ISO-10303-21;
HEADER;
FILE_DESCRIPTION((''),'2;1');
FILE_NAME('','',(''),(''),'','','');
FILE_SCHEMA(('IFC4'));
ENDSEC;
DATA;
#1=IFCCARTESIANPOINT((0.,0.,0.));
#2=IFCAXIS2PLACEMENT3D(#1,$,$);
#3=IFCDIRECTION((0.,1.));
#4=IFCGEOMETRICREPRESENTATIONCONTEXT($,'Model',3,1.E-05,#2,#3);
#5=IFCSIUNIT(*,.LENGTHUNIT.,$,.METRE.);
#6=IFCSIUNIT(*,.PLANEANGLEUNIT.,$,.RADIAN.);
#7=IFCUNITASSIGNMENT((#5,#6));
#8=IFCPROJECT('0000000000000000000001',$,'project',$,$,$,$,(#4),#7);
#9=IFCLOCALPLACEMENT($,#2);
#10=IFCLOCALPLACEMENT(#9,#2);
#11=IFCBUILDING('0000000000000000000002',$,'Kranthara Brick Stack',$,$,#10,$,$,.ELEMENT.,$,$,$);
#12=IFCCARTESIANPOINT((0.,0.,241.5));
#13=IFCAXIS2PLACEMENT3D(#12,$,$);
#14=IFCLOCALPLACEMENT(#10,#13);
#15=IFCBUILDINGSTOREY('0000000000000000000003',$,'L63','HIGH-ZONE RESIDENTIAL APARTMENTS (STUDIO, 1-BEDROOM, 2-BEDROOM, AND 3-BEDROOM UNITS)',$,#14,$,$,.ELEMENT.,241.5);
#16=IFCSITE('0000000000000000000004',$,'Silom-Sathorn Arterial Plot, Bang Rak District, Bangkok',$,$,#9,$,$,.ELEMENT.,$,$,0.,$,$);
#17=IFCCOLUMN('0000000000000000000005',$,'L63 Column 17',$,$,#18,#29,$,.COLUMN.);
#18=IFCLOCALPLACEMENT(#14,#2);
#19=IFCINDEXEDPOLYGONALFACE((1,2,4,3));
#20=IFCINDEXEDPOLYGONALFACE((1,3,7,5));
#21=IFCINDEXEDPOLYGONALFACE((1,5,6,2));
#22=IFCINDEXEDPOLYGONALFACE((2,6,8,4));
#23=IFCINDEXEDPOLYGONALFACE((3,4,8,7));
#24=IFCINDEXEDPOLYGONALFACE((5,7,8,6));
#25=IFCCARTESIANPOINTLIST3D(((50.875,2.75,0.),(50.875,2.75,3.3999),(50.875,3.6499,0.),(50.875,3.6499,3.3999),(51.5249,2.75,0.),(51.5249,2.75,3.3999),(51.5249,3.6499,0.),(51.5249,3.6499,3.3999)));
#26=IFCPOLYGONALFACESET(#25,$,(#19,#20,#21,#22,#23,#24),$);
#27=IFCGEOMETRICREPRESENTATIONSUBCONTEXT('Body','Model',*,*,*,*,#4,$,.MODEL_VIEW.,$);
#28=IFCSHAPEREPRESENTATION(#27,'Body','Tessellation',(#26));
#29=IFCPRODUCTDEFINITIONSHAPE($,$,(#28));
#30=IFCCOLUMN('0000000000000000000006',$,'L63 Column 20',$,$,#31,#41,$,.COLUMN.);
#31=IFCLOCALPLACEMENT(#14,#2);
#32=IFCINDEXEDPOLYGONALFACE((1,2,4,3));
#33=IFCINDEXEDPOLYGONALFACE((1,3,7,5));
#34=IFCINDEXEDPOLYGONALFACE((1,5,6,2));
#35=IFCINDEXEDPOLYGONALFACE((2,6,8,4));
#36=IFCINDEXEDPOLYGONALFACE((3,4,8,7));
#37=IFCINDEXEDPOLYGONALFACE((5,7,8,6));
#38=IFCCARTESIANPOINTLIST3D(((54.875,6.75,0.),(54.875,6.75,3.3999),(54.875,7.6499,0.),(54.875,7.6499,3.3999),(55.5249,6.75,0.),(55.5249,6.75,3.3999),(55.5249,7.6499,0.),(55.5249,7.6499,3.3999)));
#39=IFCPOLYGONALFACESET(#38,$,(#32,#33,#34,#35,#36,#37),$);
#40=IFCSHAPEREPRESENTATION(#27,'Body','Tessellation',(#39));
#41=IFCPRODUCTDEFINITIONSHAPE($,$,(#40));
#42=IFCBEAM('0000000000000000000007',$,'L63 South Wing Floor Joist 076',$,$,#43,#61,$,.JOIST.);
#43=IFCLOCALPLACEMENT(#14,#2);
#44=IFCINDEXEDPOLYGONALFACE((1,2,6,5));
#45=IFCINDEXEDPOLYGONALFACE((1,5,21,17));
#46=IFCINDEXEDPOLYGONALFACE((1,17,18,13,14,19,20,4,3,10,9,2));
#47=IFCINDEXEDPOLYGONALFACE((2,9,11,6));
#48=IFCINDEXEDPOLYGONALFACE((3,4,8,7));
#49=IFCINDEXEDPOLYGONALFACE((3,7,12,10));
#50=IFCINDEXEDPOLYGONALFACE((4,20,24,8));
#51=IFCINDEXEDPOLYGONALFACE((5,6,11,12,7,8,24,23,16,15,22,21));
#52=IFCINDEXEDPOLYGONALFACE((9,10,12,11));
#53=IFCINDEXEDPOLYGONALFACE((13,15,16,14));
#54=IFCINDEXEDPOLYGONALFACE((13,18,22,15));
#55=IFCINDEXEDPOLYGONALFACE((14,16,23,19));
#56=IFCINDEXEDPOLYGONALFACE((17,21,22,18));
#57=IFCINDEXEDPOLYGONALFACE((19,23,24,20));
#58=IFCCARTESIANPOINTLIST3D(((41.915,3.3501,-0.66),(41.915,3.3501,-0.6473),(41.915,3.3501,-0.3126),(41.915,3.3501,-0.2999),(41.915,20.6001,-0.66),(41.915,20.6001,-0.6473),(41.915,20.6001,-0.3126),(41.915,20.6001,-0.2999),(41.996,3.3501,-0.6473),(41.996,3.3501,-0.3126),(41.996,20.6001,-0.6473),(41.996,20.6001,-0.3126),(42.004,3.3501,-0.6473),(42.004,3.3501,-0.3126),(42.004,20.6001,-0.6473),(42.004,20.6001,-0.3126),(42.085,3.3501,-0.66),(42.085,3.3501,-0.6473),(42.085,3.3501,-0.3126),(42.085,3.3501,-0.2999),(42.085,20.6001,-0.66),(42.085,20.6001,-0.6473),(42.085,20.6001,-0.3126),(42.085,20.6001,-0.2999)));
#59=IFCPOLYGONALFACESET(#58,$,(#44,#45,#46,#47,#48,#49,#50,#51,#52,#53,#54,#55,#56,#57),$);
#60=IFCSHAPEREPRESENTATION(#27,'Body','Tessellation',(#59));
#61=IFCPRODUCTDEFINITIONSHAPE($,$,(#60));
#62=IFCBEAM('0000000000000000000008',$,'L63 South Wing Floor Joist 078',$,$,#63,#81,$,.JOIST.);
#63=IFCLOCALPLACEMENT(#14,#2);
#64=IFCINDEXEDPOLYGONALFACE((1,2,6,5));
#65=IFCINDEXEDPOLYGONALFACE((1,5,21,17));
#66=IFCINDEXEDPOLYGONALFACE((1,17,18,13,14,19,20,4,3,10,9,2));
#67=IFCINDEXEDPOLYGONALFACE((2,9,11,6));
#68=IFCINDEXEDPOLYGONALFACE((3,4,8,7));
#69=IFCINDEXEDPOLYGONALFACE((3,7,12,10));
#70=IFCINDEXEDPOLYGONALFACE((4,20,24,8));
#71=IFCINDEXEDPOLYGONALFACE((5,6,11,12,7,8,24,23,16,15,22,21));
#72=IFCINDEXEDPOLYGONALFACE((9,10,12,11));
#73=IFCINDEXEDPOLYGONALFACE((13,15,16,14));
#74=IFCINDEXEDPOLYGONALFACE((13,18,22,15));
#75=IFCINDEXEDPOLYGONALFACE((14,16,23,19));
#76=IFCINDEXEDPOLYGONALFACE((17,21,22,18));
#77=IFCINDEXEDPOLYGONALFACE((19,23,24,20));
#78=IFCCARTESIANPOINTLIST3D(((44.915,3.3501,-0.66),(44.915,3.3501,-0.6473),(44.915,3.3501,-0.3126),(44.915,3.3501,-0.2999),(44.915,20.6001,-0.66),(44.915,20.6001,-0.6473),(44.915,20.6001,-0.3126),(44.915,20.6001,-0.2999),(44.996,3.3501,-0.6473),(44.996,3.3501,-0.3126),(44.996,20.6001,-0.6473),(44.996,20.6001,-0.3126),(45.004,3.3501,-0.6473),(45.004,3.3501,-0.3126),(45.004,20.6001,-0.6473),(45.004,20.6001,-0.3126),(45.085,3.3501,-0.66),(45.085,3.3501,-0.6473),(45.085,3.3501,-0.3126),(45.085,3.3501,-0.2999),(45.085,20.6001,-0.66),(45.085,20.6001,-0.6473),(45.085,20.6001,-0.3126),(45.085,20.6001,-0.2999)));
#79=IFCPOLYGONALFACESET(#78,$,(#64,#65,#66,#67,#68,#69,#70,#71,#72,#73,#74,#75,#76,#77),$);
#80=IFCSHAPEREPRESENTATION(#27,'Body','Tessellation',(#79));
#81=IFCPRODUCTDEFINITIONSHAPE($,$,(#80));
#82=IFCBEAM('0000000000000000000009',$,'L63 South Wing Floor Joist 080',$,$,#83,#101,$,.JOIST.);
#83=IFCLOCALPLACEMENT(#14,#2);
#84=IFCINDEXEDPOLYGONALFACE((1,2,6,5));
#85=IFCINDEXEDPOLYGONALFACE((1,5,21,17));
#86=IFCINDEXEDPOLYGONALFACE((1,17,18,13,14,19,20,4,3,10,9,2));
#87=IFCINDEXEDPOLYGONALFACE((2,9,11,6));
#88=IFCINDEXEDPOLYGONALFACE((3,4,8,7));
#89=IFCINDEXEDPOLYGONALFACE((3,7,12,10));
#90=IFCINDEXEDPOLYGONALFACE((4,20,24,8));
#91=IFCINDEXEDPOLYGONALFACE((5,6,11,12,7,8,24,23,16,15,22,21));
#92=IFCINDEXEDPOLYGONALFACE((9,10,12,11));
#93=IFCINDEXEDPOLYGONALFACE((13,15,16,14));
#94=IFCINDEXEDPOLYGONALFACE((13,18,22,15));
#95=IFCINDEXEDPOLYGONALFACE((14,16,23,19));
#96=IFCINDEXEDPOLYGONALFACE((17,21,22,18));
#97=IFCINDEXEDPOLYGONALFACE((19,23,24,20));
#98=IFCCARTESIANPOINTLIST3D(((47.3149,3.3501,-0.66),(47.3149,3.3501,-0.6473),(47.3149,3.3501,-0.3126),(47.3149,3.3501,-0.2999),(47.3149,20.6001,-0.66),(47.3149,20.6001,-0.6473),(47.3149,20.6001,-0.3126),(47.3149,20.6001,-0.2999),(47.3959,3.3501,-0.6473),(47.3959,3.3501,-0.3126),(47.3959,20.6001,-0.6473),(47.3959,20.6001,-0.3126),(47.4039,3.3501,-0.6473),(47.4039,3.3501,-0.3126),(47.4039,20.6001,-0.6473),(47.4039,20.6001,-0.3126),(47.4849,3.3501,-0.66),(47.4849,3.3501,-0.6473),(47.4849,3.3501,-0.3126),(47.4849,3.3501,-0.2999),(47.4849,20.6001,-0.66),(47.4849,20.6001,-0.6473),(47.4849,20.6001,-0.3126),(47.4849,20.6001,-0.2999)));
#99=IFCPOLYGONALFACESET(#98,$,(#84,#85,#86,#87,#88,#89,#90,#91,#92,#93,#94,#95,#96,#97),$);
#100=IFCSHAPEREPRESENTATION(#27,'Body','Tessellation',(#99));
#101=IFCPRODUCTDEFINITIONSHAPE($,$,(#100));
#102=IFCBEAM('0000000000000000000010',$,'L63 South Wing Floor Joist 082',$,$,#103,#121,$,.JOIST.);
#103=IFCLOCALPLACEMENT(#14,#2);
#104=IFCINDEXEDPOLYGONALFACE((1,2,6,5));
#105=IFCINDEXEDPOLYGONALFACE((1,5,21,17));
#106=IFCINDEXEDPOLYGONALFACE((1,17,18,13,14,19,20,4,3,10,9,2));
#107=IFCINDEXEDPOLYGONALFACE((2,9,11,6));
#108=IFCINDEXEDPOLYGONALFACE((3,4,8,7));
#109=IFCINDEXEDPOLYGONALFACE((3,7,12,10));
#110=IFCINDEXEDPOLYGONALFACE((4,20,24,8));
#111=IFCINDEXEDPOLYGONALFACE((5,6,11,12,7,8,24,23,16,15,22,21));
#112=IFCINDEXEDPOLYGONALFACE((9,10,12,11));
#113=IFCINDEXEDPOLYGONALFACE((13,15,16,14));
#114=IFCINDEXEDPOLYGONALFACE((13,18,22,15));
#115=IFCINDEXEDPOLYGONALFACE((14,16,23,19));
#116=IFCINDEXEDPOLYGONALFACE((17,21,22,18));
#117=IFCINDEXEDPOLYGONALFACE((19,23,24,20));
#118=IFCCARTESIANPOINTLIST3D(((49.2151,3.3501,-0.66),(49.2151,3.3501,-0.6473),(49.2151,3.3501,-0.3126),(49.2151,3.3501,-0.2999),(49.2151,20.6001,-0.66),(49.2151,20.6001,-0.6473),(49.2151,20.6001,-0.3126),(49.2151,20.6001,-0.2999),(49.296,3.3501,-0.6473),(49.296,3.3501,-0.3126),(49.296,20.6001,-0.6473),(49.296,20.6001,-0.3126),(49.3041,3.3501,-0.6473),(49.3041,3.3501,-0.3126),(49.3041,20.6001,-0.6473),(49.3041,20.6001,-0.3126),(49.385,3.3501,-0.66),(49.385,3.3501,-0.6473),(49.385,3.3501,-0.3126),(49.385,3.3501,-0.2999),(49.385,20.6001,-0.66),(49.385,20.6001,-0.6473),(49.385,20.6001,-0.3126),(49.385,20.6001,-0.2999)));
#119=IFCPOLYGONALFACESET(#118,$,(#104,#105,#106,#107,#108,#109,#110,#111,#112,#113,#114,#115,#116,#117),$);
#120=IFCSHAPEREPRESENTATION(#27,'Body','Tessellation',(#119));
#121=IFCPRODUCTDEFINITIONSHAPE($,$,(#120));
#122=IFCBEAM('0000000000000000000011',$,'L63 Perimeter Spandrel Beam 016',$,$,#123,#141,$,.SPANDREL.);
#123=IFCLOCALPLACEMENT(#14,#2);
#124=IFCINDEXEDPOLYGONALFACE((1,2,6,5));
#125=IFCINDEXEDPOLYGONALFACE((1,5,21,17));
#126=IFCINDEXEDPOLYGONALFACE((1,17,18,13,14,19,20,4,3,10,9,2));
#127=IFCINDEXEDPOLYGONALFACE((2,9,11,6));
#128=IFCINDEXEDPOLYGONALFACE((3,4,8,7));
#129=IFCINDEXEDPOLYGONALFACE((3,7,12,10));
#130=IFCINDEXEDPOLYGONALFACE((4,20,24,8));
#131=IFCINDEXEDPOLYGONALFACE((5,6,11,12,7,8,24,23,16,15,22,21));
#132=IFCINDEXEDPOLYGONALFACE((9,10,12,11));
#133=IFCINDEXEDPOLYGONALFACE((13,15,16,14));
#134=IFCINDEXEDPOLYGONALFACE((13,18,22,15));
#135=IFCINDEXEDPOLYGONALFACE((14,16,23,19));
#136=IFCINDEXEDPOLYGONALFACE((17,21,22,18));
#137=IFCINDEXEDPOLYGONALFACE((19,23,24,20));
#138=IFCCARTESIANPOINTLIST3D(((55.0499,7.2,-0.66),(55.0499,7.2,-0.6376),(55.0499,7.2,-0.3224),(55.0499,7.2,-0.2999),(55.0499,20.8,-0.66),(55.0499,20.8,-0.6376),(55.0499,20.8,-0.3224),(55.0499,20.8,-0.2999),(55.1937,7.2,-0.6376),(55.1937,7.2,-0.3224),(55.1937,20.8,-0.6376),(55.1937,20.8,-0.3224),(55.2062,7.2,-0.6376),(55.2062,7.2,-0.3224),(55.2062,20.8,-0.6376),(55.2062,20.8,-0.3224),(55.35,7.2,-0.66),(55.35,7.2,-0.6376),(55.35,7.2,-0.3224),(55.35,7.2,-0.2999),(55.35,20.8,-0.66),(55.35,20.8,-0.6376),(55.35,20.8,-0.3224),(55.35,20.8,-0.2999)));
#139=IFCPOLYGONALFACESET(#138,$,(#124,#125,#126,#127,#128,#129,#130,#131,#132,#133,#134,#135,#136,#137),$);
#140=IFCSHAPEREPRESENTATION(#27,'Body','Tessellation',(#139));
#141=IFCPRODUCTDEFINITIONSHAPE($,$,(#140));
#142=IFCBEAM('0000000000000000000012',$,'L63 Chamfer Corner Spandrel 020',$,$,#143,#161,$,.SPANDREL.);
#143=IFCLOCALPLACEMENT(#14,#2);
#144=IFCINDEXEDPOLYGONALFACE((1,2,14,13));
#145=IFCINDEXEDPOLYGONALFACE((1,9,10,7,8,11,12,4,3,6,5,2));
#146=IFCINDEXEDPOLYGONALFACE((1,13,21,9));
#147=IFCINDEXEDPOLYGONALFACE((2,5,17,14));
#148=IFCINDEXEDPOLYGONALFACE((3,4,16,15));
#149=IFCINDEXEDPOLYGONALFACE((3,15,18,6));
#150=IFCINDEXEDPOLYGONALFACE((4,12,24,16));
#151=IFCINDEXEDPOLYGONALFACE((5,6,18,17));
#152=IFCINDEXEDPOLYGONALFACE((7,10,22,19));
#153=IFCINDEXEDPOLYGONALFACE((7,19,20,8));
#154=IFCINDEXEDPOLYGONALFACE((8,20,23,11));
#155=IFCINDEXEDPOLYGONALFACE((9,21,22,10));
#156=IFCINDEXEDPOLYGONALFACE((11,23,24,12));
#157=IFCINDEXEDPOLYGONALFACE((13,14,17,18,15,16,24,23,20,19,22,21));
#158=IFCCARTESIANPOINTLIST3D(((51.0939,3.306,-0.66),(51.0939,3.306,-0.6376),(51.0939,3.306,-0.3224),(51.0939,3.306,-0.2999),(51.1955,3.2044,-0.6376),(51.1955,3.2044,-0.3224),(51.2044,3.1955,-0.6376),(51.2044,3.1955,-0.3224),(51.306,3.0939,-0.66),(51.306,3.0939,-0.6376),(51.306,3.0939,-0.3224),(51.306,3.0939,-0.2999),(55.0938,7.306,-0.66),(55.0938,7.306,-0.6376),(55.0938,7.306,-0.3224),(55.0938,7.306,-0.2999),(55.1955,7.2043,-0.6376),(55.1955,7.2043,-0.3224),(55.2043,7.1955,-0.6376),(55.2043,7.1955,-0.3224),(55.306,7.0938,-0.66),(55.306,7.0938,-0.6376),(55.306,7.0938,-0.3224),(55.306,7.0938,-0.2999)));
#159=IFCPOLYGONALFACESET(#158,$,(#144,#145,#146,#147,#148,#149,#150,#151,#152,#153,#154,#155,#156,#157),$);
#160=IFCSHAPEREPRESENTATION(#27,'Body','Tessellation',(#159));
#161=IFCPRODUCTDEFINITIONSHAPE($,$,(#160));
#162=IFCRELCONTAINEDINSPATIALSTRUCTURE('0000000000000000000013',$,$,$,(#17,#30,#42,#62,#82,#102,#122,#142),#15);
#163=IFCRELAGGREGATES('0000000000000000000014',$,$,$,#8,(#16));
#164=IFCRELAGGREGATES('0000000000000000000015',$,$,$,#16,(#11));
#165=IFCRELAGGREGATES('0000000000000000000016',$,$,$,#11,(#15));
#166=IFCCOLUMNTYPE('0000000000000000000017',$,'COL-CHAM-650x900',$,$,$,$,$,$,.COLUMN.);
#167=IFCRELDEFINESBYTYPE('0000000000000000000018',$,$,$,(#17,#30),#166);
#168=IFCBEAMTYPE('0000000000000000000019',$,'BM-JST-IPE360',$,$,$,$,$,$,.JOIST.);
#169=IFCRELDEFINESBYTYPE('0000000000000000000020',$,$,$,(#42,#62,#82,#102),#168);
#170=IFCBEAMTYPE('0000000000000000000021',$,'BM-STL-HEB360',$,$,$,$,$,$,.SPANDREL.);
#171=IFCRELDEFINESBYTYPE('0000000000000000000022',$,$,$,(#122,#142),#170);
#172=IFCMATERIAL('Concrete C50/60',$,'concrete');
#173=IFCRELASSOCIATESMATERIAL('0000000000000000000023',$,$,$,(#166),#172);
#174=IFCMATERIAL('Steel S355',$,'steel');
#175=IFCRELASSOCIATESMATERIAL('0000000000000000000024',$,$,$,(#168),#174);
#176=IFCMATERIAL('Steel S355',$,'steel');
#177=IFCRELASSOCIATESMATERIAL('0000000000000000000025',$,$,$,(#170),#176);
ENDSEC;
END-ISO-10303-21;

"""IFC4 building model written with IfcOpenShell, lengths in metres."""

from ifc_helpers import new_model, si_unit, direction, frame, origin, origin_2d, place, context, subcontext, project, spatial, rectangle, i_section, extrude, material, material_profile, profile_set, type_object, element, save


model = new_model("IFC4")

# Units and contexts
model_context = context("Model", 3, precision=1e-05, world=origin(), true_north=direction((0.0, 1.0)))
body_context = subcontext(model_context, "Body", "Model", "MODEL_VIEW")
ifc_project = project(units=[si_unit("LENGTHUNIT", "METRE"), si_unit("PLANEANGLEUNIT", "RADIAN")], contexts=[model_context])

# Site, building, storey
site_placement = place(None, origin())
site = spatial("IfcSite", under=ifc_project, at=site_placement, Name="Silom-Sathorn Arterial Plot, Bang Rak District, Bangkok", CompositionType="ELEMENT", RefElevation=0.0)
building_placement = place(site_placement, origin())
building = spatial("IfcBuilding", under=site, at=building_placement, Name="Kranthara Brick Stack", CompositionType="ELEMENT")
storey_placement = place(building_placement, frame((0.0, 0.0, 241.5)))
storey = spatial("IfcBuildingStorey", under=building, at=storey_placement, Name="L63", Description="HIGH-ZONE RESIDENTIAL APARTMENTS (STUDIO, 1-BEDROOM, 2-BEDROOM, AND 3-BEDROOM UNITS)", CompositionType="ELEMENT", Elevation=241.5)

# Columns
ifc_material_1 = material(Name="Concrete C50/60", Category="concrete")
ifc_material_profile_1 = material_profile(ifc_material_1, rectangle(XDim=0.6499, YDim=0.8999, at=origin_2d()), Name="RC 650x900")
ifc_profile_set_1 = profile_set([ifc_material_profile_1], Name="Concrete C50/60")
column_type = type_object("IfcColumnType", Name="COL-CHAM-650x900", PredefinedType="COLUMN", material=ifc_profile_set_1)
for number, where, z_axis, x_axis, name in (
    (1, (51.2, 3.2, 0.0), (0.0, 0.0, 1.0), (1.0, 0.0, 0.0), "L63 Column 17"),
    (2, (55.2, 7.2, 0.0), (0.0, 0.0, 1.0), (1.0, 0.0, 0.0), "L63 Column 20"),
):
    element("IfcColumn", number, at=place(storey_placement, frame(where, z_axis=z_axis, x_axis=x_axis)), inside=storey, type_object=column_type, Name=name, PredefinedType="COLUMN", context=body_context, shape_type="SweptSolid", body=[
        extrude(rectangle(XDim=0.6499, YDim=0.8999, at=origin_2d()), origin(), (0.0, 0.0, 1.0), 3.3999),
    ])

# Beams
ifc_material_2 = material(Name="Steel S355", Category="steel")
ifc_material_profile_2 = material_profile(ifc_material_2, i_section(OverallWidth=0.1699, OverallDepth=0.3601, WebThickness=0.0081, FlangeThickness=0.0127, at=origin_2d()), Name="IPE 360")
ifc_profile_set_2 = profile_set([ifc_material_profile_2], Name="Steel S355")
beam_type_1 = type_object("IfcBeamType", Name="BM-JST-IPE360", PredefinedType="JOIST", material=ifc_profile_set_2)
for number, where, z_axis, x_axis, name in (
    (3, (42.0, 3.3501, -0.48), (0.0, 1.0, 0.0), (-1.0, 0.0, 0.0), "L63 South Wing Floor Joist 076"),
    (4, (45.0, 3.3501, -0.48), (0.0, 1.0, 0.0), (-1.0, 0.0, 0.0), "L63 South Wing Floor Joist 078"),
    (5, (47.3999, 3.3501, -0.48), (0.0, 1.0, 0.0), (-1.0, 0.0, 0.0), "L63 South Wing Floor Joist 080"),
    (6, (49.3, 3.3501, -0.48), (0.0, 1.0, 0.0), (-1.0, 0.0, 0.0), "L63 South Wing Floor Joist 082"),
):
    element("IfcBeam", number, at=place(storey_placement, frame(where, z_axis=z_axis, x_axis=x_axis)), inside=storey, type_object=beam_type_1, Name=name, PredefinedType="JOIST", context=body_context, shape_type="SweptSolid", body=[
        extrude(i_section(OverallWidth=0.1699, OverallDepth=0.3601, WebThickness=0.0081, FlangeThickness=0.0127, at=origin_2d()), origin(), (0.0, 0.0, 1.0), 17.25),
    ])
ifc_material_3 = material(Name="Steel S355", Category="steel")
ifc_material_profile_3 = material_profile(ifc_material_3, i_section(OverallWidth=0.3, OverallDepth=0.3601, WebThickness=0.0125, FlangeThickness=0.0225, at=origin_2d()), Name="HEB 360")
ifc_profile_set_3 = profile_set([ifc_material_profile_3], Name="Steel S355")
beam_type_2 = type_object("IfcBeamType", Name="BM-STL-HEB360", PredefinedType="SPANDREL", material=ifc_profile_set_3)
beam_1_placement = place(storey_placement, frame((55.2, 7.2, -0.48), z_axis=(0.0, 1.0, 0.0), x_axis=(-1.0, 0.0, 0.0)))
element("IfcBeam", 7, at=beam_1_placement, inside=storey, type_object=beam_type_2, Name="L63 Perimeter Spandrel Beam 016", PredefinedType="SPANDREL", context=body_context, shape_type="SweptSolid", body=[
    extrude(i_section(OverallWidth=0.3, OverallDepth=0.3601, WebThickness=0.0125, FlangeThickness=0.0225, at=origin_2d()), origin(), (0.0, 0.0, 1.0), 13.6001),
])
beam_2_placement = place(storey_placement, frame((51.2, 3.2, -0.48), z_axis=(0.707107, 0.707107, 0.0), x_axis=(-0.707107, 0.707107, 0.0)))
element("IfcBeam", 8, at=beam_2_placement, inside=storey, type_object=beam_type_2, Name="L63 Chamfer Corner Spandrel 020", PredefinedType="SPANDREL", context=body_context, shape_type="SweptSolid", body=[
    extrude(i_section(OverallWidth=0.3, OverallDepth=0.3601, WebThickness=0.0125, FlangeThickness=0.0225, at=origin_2d()), origin(), (0.0, 0.0, 1.0), 5.6567),
])

save(model, "model.ifc")
